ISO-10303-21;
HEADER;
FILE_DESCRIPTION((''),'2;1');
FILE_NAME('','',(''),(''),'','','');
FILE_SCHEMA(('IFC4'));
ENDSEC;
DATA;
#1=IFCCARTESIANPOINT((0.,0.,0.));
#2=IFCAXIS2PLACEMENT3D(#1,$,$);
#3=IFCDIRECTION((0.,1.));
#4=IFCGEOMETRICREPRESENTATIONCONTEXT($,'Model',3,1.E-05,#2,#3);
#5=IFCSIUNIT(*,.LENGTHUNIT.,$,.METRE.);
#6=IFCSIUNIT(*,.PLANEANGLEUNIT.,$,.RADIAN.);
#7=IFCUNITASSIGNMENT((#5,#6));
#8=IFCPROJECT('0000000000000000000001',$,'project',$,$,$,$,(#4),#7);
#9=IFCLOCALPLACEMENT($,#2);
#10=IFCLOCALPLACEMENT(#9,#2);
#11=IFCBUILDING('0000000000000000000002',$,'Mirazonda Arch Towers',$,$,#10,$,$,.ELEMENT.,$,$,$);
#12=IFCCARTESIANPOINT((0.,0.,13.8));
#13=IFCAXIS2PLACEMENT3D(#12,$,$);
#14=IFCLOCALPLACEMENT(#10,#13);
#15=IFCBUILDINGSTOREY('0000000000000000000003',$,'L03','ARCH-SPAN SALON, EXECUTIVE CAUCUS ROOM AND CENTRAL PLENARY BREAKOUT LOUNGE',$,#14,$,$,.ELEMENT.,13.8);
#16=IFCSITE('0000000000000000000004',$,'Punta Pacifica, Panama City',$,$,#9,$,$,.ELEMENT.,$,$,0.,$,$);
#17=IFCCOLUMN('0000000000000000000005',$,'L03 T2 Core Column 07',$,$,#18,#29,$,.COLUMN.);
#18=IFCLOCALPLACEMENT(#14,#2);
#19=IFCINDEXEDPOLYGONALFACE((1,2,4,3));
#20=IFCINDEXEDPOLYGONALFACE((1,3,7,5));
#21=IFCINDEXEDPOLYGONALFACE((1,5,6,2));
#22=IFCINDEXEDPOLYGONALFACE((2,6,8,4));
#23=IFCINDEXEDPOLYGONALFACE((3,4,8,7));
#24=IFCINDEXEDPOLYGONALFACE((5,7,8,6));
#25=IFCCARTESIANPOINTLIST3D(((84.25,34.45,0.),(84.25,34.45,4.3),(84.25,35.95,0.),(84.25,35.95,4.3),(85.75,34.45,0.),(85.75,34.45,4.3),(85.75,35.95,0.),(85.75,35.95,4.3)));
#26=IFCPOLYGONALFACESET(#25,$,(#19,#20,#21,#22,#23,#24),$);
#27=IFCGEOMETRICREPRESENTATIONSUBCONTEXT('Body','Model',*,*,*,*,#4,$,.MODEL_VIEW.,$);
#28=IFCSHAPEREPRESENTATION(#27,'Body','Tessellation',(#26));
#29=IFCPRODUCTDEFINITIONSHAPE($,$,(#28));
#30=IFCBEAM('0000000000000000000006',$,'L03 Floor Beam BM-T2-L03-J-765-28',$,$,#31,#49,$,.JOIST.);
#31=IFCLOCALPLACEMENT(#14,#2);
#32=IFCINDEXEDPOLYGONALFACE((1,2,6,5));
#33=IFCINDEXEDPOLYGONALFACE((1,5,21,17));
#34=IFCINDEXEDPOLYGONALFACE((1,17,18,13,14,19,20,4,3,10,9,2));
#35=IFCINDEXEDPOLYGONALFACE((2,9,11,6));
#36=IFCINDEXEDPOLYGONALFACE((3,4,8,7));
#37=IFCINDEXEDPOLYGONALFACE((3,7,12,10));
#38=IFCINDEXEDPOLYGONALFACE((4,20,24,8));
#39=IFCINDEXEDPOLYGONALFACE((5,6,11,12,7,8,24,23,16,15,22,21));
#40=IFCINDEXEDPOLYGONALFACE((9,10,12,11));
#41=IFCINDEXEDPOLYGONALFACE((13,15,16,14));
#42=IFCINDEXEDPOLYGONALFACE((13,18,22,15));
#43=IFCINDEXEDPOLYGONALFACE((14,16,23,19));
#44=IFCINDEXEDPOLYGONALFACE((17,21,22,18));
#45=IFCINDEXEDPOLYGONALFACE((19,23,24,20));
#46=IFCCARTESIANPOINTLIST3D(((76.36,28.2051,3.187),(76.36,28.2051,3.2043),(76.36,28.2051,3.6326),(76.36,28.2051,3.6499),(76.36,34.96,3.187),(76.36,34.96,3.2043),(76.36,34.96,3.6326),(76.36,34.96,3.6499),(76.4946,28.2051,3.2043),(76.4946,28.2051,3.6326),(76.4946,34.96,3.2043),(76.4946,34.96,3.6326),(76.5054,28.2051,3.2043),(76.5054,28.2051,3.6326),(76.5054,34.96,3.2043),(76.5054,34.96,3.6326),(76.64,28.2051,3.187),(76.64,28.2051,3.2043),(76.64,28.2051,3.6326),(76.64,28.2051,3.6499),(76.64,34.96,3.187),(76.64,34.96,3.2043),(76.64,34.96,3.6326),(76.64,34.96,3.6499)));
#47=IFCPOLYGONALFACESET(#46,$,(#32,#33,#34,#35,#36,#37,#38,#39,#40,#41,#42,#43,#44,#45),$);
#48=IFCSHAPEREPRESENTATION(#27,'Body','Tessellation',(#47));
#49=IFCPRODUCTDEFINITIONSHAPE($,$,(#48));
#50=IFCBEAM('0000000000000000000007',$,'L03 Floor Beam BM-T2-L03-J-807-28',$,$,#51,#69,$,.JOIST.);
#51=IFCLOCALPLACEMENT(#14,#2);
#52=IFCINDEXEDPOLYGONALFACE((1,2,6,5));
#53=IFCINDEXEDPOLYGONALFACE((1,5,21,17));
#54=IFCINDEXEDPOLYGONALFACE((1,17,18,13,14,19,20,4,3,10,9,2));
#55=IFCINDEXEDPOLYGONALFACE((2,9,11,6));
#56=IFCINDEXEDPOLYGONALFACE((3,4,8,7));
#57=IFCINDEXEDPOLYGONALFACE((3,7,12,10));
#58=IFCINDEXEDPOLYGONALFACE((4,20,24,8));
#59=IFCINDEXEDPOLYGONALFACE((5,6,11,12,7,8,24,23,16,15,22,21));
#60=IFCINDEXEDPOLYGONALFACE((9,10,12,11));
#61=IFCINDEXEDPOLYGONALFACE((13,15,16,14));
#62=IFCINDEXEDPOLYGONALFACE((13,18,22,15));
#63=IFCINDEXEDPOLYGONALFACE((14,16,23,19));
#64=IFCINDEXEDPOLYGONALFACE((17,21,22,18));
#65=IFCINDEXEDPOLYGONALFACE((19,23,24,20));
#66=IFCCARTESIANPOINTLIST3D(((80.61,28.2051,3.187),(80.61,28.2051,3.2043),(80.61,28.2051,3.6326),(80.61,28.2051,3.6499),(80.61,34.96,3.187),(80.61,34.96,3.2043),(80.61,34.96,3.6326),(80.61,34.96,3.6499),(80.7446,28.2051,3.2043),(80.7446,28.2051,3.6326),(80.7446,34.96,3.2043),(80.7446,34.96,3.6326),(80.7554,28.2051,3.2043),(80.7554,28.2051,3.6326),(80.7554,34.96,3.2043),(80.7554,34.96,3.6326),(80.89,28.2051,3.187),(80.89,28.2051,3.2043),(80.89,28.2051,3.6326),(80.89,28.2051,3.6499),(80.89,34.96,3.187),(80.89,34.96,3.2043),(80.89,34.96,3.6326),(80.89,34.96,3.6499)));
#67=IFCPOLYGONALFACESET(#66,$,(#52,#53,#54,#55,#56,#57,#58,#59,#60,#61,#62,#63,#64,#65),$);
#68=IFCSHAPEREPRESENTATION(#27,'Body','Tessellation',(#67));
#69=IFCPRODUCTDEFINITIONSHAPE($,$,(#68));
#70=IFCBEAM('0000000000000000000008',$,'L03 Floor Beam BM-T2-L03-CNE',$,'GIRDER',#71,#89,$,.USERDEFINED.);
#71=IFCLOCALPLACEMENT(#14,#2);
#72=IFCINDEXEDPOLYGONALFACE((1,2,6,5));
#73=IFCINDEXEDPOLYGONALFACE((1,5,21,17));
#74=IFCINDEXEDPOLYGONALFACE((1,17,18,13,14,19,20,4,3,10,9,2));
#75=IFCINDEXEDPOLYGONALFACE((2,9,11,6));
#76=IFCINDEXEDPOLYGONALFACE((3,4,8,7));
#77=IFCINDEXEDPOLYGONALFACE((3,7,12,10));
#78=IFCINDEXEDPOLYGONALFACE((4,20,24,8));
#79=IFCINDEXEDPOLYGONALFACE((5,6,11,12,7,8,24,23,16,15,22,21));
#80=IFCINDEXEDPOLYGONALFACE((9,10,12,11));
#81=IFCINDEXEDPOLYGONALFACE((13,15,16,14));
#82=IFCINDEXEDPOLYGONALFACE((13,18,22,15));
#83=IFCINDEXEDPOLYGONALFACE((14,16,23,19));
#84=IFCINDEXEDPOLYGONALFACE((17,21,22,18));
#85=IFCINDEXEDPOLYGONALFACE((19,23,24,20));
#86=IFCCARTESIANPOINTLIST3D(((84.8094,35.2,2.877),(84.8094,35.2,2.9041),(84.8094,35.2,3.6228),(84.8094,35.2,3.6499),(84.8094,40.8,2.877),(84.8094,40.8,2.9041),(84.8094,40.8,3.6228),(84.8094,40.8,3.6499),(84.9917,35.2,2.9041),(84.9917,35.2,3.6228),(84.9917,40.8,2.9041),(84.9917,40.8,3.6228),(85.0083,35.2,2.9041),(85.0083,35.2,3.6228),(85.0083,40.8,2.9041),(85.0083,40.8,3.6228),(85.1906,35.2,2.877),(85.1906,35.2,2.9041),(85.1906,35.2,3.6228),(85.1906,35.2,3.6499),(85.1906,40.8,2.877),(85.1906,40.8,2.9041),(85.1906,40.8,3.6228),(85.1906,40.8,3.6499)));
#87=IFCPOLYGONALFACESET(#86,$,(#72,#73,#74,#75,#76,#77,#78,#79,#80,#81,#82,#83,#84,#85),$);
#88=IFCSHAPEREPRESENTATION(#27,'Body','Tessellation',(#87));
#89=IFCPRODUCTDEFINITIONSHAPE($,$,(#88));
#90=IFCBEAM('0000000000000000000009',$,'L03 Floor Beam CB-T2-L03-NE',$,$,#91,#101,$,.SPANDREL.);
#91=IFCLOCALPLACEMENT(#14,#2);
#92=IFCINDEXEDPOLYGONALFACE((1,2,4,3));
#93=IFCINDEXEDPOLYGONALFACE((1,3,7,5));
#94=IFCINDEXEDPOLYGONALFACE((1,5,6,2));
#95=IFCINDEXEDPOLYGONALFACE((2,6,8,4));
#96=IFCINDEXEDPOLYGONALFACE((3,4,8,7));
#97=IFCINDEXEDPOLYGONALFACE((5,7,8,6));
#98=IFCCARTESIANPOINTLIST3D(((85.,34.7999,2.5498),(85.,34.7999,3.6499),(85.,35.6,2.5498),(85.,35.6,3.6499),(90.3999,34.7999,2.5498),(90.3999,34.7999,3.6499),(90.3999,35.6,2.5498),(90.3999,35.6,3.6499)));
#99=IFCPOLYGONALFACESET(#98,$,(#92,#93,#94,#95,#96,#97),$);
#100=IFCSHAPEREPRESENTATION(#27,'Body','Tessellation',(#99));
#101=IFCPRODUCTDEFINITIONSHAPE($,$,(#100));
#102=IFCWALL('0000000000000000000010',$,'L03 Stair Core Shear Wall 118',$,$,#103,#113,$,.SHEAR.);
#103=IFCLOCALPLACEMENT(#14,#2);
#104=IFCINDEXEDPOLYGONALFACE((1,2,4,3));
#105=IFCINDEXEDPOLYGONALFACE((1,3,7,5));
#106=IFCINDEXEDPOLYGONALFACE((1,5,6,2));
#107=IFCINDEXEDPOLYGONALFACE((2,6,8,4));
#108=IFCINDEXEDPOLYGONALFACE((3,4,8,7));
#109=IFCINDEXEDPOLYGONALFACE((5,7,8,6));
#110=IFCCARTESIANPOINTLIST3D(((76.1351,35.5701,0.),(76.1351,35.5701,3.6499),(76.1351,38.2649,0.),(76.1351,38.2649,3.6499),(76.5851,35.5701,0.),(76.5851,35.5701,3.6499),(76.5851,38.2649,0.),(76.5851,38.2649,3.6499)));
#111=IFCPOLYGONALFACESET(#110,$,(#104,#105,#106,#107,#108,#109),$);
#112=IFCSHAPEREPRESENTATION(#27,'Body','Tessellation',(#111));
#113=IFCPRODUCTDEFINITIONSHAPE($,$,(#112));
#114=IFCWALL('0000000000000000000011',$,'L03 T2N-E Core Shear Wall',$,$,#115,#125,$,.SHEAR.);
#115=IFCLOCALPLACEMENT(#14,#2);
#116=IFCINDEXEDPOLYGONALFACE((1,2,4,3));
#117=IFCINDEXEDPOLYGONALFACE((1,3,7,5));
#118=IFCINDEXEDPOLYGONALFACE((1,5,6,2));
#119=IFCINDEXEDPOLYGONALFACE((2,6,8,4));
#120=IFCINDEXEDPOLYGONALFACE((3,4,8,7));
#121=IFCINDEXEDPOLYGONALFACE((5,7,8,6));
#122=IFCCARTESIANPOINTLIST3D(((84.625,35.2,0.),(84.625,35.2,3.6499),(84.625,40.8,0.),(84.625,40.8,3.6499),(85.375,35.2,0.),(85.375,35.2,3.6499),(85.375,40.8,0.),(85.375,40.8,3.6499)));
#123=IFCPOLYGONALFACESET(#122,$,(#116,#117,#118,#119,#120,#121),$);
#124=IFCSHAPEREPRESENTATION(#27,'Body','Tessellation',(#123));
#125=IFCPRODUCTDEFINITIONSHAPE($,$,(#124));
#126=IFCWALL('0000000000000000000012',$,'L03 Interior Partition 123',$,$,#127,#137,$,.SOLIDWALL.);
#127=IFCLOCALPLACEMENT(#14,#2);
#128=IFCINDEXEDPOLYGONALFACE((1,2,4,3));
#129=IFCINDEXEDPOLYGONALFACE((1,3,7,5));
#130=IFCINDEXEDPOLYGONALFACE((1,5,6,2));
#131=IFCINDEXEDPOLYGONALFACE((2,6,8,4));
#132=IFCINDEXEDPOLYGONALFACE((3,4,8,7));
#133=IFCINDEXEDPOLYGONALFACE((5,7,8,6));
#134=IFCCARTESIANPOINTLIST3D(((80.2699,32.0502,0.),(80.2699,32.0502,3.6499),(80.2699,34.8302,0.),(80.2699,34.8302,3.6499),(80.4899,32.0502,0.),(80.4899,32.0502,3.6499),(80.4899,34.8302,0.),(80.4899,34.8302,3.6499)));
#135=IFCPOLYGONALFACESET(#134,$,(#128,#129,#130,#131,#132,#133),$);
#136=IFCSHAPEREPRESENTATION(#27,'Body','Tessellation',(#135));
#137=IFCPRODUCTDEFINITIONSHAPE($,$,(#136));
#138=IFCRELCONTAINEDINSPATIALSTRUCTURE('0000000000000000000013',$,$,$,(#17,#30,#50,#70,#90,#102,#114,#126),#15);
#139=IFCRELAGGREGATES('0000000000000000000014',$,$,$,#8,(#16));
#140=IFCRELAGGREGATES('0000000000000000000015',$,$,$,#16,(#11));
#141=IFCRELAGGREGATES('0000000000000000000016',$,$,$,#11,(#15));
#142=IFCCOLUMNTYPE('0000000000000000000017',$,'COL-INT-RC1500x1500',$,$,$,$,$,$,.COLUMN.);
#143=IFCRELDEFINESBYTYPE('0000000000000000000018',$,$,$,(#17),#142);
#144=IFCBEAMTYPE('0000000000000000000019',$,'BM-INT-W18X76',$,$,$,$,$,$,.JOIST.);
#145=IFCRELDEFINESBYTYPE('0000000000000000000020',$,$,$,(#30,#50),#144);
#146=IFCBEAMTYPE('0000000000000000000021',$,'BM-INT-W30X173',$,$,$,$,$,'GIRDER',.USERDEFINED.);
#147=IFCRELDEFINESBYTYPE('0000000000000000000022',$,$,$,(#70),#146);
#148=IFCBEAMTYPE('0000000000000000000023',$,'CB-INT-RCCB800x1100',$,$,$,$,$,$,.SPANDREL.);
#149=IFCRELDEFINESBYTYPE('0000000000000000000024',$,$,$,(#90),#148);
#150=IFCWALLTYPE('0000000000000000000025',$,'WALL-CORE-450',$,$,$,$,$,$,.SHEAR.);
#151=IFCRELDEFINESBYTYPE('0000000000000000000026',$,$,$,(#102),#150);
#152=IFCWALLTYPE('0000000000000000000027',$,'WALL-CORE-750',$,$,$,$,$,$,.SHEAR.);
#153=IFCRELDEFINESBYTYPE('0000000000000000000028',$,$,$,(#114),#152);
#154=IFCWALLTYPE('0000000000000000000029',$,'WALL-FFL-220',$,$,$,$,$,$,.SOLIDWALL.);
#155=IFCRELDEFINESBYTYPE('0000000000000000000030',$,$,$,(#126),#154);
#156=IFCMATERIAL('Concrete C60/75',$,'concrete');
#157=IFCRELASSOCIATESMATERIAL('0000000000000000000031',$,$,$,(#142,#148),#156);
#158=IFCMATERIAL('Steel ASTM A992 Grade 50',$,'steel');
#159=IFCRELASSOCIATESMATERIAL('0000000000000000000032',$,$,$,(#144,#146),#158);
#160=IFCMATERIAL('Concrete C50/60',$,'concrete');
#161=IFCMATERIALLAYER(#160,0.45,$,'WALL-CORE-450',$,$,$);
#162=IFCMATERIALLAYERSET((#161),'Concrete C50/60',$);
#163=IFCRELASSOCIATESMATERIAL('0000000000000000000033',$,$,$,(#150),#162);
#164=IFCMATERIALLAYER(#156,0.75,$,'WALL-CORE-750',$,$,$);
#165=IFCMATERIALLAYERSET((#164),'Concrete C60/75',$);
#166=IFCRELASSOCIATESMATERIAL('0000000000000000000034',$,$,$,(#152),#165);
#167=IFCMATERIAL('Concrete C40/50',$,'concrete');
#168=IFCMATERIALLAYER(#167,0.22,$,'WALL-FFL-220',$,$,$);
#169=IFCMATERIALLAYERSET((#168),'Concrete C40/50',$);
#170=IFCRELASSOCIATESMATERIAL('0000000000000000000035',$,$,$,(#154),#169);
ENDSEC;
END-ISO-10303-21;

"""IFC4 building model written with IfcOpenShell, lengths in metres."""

from ifc_helpers import new_model, si_unit, direction, frame, frame_2d, origin, origin_2d, place, context, subcontext, project, spatial, rectangle, i_section, extrude, material, layer, layer_set, material_profile, profile_set, type_object, element, save


model = new_model("IFC4")

# Units and contexts
model_context = context("Model", 3, precision=1e-05, world=origin(), true_north=direction((0.0, 1.0)))
body_context = subcontext(model_context, "Body", "Model", "MODEL_VIEW")
ifc_project = project(units=[si_unit("LENGTHUNIT", "METRE"), si_unit("PLANEANGLEUNIT", "RADIAN")], contexts=[model_context])

# Site, building, storey
site_placement = place(None, origin())
site = spatial("IfcSite", under=ifc_project, at=site_placement, Name="Punta Pacifica, Panama City", CompositionType="ELEMENT", RefElevation=0.0)
building_placement = place(site_placement, origin())
building = spatial("IfcBuilding", under=site, at=building_placement, Name="Mirazonda Arch Towers", CompositionType="ELEMENT")
storey_placement = place(building_placement, frame((0.0, 0.0, 13.8)))
storey = spatial("IfcBuildingStorey", under=building, at=storey_placement, Name="L03", Description="ARCH-SPAN SALON, EXECUTIVE CAUCUS ROOM AND CENTRAL PLENARY BREAKOUT LOUNGE", CompositionType="ELEMENT", Elevation=13.8)

# Column
ifc_material_1 = material(Name="Concrete C60/75", Category="concrete")
ifc_material_profile_1 = material_profile(ifc_material_1, rectangle(XDim=1.5, YDim=1.5, at=origin_2d()), Name="RC1500x1500")
ifc_profile_set_1 = profile_set([ifc_material_profile_1], Name="Concrete C60/75")
column_type = type_object("IfcColumnType", Name="COL-INT-RC1500x1500", PredefinedType="COLUMN", material=ifc_profile_set_1)
column_placement = place(storey_placement, frame((85.0, 35.2, 0.0), z_axis=(0.0, 0.0, 1.0), x_axis=(1.0, 0.0, 0.0)))
element("IfcColumn", 1, at=column_placement, inside=storey, type_object=column_type, Name="L03 T2 Core Column 07", PredefinedType="COLUMN", context=body_context, shape_type="SweptSolid", body=[
    extrude(rectangle(XDim=1.5, YDim=1.5, at=origin_2d()), origin(), (0.0, 0.0, 1.0), 4.3),
])

# Beams
ifc_material_2 = material(Name="Steel ASTM A992 Grade 50", Category="steel")
ifc_material_profile_2 = material_profile(ifc_material_2, i_section(OverallWidth=0.28, OverallDepth=0.4629, WebThickness=0.0107, FlangeThickness=0.0173, at=origin_2d()), Name="W18X76")
ifc_profile_set_2 = profile_set([ifc_material_profile_2], Name="Steel ASTM A992 Grade 50")
beam_type_1 = type_object("IfcBeamType", Name="BM-INT-W18X76", PredefinedType="JOIST", material=ifc_profile_set_2)
for number, where, z_axis, x_axis, name in (
    (2, (76.5, 28.2051, 3.4185), (0.0, 1.0, 0.0), (-1.0, 0.0, 0.0), "L03 Floor Beam BM-T2-L03-J-765-28"),
    (3, (80.75, 28.2051, 3.4185), (0.0, 1.0, 0.0), (-1.0, 0.0, 0.0), "L03 Floor Beam BM-T2-L03-J-807-28"),
):
    element("IfcBeam", number, at=place(storey_placement, frame(where, z_axis=z_axis, x_axis=x_axis)), inside=storey, type_object=beam_type_1, Name=name, PredefinedType="JOIST", context=body_context, shape_type="SweptSolid", body=[
        extrude(i_section(OverallWidth=0.28, OverallDepth=0.4629, WebThickness=0.0107, FlangeThickness=0.0173, at=origin_2d()), origin(), (0.0, 0.0, 1.0), 6.7549),
    ])
ifc_material_profile_3 = material_profile(ifc_material_2, i_section(OverallWidth=0.3811, OverallDepth=0.7729, WebThickness=0.0166, FlangeThickness=0.0271, at=origin_2d()), Name="W30X173")
ifc_profile_set_3 = profile_set([ifc_material_profile_3], Name="Steel ASTM A992 Grade 50")
beam_type_2 = type_object("IfcBeamType", Name="BM-INT-W30X173", ElementType="GIRDER", PredefinedType="USERDEFINED", material=ifc_profile_set_3)
beam_1_placement = place(storey_placement, frame((85.0, 35.2, 3.2634), z_axis=(0.0, 1.0, 0.0), x_axis=(-1.0, 0.0, 0.0)))
element("IfcBeam", 4, at=beam_1_placement, inside=storey, type_object=beam_type_2, Name="L03 Floor Beam BM-T2-L03-CNE", ObjectType="GIRDER", PredefinedType="USERDEFINED", context=body_context, shape_type="SweptSolid", body=[
    extrude(i_section(OverallWidth=0.3811, OverallDepth=0.7729, WebThickness=0.0166, FlangeThickness=0.0271, at=origin_2d()), origin(), (0.0, 0.0, 1.0), 5.6001),
])
ifc_material_profile_4 = material_profile(ifc_material_1, rectangle(XDim=0.8, YDim=1.1001, at=origin_2d()), Name="RCCB800x1100")
ifc_profile_set_4 = profile_set([ifc_material_profile_4], Name="Concrete C60/75")
beam_type_3 = type_object("IfcBeamType", Name="CB-INT-RCCB800x1100", PredefinedType="SPANDREL", material=ifc_profile_set_4)
beam_2_placement = place(storey_placement, frame((85.0, 35.2, 3.0999), z_axis=(1.0, 0.0, 0.0), x_axis=(0.0, 1.0, 0.0)))
element("IfcBeam", 5, at=beam_2_placement, inside=storey, type_object=beam_type_3, Name="L03 Floor Beam CB-T2-L03-NE", PredefinedType="SPANDREL", context=body_context, shape_type="SweptSolid", body=[
    extrude(rectangle(XDim=0.8, YDim=1.1001, at=origin_2d()), origin(), (0.0, 0.0, 1.0), 5.3999),
])

# Walls
ifc_material_3 = material(Name="Concrete C50/60", Category="concrete")
ifc_layer_1 = layer(ifc_material_3, 0.45, Name="WALL-CORE-450")
ifc_layer_set_1 = layer_set([ifc_layer_1], Name="Concrete C50/60")
wall_type_1 = type_object("IfcWallType", Name="WALL-CORE-450", PredefinedType="SHEAR", material=ifc_layer_set_1)
wall_1_placement = place(storey_placement, frame((76.3601, 35.5701, 0.0), z_axis=(0.0, 0.0, 1.0), x_axis=(0.0, 1.0, 0.0)))
element("IfcWall", 6, at=wall_1_placement, inside=storey, type_object=wall_type_1, Name="L03 Stair Core Shear Wall 118", PredefinedType="SHEAR", context=body_context, shape_type="SweptSolid", body=[
    extrude(rectangle(XDim=2.6948, YDim=0.45, at=frame_2d((1.3474, 0.0))), origin(), (0.0, 0.0, 1.0), 3.6499),
])
ifc_layer_2 = layer(ifc_material_1, 0.75, Name="WALL-CORE-750")
ifc_layer_set_2 = layer_set([ifc_layer_2], Name="Concrete C60/75")
wall_type_2 = type_object("IfcWallType", Name="WALL-CORE-750", PredefinedType="SHEAR", material=ifc_layer_set_2)
wall_2_placement = place(storey_placement, frame((85.0, 35.2, 0.0), z_axis=(0.0, 0.0, 1.0), x_axis=(0.0, 1.0, 0.0)))
element("IfcWall", 7, at=wall_2_placement, inside=storey, type_object=wall_type_2, Name="L03 T2N-E Core Shear Wall", PredefinedType="SHEAR", context=body_context, shape_type="SweptSolid", body=[
    extrude(rectangle(XDim=5.6001, YDim=0.75, at=frame_2d((2.8, 0.0))), origin(), (0.0, 0.0, 1.0), 3.6499),
])
ifc_material_4 = material(Name="Concrete C40/50", Category="concrete")
ifc_layer_3 = layer(ifc_material_4, 0.22, Name="WALL-FFL-220")
ifc_layer_set_3 = layer_set([ifc_layer_3], Name="Concrete C40/50")
wall_type_3 = type_object("IfcWallType", Name="WALL-FFL-220", PredefinedType="SOLIDWALL", material=ifc_layer_set_3)
wall_3_placement = place(storey_placement, frame((80.3799, 32.05, 0.0), z_axis=(0.0, 0.0, 1.0), x_axis=(0.0, 1.0, 0.0)))
element("IfcWall", 8, at=wall_3_placement, inside=storey, type_object=wall_type_3, Name="L03 Interior Partition 123", PredefinedType="SOLIDWALL", context=body_context, shape_type="SweptSolid", body=[
    extrude(rectangle(XDim=2.78, YDim=0.22, at=frame_2d((1.3901, 0.0))), origin(), (0.0, 0.0, 1.0), 3.6499),
])

save(model, "model.ifc")
